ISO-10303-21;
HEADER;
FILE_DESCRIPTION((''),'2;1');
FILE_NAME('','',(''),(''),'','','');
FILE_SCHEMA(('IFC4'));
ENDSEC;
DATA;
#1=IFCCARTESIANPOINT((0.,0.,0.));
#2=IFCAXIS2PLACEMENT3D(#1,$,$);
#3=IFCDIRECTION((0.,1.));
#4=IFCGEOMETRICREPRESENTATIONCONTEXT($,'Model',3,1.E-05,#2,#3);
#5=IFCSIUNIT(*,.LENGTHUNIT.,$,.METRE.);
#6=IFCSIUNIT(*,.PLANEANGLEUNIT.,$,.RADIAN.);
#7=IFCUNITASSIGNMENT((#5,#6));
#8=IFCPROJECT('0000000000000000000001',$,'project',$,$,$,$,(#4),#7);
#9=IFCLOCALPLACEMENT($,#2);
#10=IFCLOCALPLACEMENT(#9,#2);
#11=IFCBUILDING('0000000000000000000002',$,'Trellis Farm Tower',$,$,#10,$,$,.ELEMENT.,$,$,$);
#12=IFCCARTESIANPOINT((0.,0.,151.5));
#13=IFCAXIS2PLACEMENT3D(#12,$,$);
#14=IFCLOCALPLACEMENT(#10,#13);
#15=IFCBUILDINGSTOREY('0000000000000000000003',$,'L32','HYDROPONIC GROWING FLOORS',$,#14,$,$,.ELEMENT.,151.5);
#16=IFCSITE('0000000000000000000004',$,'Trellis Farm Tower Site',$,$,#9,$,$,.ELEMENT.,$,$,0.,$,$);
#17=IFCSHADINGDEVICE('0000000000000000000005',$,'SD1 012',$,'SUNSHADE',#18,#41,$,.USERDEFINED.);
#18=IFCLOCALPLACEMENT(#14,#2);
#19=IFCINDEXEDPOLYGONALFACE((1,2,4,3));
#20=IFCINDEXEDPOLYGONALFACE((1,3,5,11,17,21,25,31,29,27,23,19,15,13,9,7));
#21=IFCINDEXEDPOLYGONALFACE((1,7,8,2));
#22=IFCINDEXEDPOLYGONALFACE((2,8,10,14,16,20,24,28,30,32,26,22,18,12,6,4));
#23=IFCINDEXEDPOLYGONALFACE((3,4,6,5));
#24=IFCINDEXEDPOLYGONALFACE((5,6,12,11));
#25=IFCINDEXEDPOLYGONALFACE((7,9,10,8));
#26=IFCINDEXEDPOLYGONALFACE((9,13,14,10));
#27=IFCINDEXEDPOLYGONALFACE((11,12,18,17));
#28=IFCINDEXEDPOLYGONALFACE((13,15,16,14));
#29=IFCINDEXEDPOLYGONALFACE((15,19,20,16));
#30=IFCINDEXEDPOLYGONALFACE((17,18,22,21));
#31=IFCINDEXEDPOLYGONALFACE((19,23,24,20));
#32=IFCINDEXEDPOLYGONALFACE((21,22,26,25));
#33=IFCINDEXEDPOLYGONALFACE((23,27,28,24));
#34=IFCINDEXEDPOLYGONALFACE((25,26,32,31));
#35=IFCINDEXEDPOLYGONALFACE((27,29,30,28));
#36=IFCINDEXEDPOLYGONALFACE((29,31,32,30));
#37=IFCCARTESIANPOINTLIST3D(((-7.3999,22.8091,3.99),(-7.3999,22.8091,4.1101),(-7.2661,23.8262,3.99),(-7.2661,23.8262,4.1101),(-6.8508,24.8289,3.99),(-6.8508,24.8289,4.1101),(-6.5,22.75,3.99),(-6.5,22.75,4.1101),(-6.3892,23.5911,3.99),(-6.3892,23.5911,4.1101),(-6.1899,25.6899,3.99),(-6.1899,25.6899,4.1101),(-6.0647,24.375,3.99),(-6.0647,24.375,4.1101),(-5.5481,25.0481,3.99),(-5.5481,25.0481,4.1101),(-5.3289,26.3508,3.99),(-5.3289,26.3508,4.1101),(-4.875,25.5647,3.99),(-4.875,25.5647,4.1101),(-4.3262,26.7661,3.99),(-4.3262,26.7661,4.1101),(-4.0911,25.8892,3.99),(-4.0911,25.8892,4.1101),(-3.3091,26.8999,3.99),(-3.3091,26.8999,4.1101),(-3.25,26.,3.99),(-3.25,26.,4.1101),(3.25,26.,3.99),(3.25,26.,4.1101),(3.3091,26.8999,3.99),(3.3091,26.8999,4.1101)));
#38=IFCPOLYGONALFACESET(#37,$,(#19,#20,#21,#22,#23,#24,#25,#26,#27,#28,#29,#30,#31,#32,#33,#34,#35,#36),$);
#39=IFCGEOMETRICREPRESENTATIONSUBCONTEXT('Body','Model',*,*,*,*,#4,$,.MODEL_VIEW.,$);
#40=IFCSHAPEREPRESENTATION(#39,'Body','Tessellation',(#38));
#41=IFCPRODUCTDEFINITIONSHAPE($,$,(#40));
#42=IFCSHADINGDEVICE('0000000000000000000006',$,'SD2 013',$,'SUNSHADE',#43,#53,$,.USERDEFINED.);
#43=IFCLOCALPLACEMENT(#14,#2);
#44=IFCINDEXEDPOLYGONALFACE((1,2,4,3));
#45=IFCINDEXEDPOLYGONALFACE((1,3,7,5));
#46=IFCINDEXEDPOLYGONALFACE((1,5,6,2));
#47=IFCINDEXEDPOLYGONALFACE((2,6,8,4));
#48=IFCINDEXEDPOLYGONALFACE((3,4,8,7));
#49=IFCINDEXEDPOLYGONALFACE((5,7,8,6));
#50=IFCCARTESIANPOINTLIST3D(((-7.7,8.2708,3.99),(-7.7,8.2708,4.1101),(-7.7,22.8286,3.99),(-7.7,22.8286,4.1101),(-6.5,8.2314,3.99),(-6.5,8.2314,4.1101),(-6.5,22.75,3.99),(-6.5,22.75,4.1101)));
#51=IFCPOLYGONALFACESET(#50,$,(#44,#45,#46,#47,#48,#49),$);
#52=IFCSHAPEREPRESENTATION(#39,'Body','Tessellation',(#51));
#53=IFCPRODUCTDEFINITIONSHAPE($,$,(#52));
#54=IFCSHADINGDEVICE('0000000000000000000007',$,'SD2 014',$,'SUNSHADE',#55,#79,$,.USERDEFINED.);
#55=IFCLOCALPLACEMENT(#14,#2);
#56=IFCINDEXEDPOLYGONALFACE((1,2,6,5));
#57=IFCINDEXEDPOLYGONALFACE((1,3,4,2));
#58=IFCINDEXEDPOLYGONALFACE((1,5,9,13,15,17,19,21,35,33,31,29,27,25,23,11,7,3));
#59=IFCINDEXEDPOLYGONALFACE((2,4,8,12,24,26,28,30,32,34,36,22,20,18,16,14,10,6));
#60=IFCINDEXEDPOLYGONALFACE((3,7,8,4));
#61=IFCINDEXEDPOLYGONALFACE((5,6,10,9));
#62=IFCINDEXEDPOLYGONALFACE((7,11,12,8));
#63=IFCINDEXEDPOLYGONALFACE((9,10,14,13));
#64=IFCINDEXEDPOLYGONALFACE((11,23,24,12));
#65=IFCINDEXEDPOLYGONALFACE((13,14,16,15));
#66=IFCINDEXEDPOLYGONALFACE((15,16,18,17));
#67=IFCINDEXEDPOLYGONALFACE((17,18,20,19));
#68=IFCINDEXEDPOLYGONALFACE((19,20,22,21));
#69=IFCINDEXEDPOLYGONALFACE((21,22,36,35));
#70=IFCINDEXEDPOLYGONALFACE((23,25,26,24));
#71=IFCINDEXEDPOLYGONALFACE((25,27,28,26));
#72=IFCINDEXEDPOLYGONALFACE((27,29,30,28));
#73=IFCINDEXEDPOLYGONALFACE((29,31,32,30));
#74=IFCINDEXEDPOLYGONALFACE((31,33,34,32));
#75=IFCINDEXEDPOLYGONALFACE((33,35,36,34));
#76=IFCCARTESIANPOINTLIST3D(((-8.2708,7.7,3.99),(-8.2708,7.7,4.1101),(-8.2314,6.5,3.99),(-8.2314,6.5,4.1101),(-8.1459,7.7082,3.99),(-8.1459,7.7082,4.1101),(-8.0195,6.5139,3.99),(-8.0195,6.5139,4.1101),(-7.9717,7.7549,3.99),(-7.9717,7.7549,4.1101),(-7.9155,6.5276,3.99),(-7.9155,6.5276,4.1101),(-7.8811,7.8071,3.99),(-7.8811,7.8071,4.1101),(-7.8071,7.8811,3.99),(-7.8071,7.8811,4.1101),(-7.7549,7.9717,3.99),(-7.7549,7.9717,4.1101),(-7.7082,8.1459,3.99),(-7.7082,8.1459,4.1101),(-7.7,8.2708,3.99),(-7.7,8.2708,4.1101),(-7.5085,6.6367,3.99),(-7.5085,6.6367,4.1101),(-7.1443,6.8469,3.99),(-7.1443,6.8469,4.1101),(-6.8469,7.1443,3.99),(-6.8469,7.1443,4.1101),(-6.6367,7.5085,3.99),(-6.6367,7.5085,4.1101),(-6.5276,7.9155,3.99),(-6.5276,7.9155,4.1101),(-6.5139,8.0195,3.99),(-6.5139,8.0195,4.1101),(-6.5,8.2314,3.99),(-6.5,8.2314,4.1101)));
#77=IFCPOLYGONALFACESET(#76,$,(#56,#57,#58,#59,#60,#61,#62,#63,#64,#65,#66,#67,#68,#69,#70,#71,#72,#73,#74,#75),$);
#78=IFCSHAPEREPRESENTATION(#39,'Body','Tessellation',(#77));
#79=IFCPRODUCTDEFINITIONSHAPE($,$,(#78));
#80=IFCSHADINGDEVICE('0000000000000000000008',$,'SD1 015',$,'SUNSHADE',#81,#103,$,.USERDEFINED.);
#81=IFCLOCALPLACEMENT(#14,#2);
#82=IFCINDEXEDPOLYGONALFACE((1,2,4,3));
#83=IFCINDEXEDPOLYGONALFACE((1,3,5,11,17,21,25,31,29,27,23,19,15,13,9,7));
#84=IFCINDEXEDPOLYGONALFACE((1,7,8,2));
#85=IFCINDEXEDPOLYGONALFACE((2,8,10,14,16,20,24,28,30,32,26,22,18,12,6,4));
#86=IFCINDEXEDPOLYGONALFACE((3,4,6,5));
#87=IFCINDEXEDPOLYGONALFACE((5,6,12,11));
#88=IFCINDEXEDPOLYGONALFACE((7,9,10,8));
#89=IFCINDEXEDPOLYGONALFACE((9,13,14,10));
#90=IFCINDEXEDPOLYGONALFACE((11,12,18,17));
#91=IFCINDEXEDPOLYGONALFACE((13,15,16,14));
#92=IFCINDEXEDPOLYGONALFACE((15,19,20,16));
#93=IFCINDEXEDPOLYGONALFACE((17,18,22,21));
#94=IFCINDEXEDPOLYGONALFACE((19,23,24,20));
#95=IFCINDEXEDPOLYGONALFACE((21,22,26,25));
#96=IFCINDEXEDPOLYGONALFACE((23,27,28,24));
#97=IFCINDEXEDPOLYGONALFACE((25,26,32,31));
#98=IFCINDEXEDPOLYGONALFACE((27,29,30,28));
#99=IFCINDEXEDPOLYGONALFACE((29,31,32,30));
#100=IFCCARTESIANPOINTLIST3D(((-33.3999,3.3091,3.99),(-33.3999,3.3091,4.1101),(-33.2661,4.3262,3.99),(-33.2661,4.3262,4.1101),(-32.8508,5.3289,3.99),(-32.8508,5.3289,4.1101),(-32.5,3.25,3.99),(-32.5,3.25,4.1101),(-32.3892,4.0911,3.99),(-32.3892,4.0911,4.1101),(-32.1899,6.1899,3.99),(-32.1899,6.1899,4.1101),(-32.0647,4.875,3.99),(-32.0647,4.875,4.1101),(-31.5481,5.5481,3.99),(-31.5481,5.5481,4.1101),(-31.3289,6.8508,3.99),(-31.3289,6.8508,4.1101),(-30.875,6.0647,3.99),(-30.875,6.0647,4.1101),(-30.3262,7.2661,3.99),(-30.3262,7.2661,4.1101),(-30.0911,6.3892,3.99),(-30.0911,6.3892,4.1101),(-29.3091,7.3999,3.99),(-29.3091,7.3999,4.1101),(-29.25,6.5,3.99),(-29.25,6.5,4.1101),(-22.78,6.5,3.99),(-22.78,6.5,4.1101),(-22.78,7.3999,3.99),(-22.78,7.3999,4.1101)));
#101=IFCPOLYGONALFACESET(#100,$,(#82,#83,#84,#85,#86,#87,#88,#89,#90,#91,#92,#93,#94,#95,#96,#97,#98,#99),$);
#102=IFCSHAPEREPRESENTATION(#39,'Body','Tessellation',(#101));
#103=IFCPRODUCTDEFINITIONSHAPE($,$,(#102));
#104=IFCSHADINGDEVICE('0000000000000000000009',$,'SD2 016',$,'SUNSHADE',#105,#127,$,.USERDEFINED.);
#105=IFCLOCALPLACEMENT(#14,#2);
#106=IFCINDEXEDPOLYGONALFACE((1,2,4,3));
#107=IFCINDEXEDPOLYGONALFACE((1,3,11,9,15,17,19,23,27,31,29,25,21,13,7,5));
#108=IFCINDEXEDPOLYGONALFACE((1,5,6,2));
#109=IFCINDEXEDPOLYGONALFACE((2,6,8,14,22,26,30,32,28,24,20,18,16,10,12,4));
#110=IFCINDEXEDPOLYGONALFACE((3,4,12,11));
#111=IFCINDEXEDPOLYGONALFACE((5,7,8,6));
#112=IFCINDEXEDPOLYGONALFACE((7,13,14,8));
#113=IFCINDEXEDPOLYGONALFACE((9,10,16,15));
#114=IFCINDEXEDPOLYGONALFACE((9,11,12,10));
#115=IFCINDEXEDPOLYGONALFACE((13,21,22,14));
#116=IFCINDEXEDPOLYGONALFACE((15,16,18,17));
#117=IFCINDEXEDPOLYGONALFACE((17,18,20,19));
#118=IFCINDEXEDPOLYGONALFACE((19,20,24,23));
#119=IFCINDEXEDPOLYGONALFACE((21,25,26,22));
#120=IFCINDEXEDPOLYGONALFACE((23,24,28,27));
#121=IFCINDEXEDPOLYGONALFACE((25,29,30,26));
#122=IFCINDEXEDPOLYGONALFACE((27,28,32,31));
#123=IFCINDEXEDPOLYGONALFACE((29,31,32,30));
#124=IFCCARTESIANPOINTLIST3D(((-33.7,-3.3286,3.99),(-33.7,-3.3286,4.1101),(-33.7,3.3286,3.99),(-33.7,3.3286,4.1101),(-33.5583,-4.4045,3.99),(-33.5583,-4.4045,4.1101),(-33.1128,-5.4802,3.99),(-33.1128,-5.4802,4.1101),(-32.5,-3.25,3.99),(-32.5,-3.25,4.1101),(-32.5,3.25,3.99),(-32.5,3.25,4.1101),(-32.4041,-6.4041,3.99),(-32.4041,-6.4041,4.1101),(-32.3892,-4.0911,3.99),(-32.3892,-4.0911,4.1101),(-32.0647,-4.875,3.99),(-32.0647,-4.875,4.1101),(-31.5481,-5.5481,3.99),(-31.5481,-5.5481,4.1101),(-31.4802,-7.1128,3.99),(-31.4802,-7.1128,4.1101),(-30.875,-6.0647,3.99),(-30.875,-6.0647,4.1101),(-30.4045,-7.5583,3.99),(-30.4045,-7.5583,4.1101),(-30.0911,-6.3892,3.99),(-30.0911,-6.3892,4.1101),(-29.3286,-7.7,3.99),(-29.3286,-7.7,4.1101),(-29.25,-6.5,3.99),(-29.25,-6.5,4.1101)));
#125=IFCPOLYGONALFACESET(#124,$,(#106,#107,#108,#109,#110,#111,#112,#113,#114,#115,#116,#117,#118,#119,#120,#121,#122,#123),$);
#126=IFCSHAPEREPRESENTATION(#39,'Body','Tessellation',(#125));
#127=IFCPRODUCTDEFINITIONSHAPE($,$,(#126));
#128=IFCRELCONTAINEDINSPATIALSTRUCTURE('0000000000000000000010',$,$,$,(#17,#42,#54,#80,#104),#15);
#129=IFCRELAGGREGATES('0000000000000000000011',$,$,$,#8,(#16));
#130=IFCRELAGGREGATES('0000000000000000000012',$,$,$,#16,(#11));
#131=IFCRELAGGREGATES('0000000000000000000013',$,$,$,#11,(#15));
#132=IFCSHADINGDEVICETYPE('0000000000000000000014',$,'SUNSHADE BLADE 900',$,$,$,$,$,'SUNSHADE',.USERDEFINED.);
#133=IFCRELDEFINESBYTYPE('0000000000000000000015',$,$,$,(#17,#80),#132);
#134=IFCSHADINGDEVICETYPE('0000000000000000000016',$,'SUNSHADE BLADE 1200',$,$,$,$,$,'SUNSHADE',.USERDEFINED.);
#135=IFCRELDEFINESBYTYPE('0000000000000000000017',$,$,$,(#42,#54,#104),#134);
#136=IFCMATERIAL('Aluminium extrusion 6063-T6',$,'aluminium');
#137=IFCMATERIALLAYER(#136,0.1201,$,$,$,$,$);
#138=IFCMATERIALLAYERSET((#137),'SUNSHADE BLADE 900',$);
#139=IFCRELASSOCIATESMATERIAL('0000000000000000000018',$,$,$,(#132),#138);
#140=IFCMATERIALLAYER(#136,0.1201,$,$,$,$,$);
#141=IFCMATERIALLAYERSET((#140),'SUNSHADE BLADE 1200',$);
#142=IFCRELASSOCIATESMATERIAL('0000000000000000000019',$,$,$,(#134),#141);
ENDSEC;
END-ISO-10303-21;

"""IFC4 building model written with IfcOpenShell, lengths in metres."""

from ifc_helpers import new_model, si_unit, direction, frame, origin, place, context, subcontext, project, spatial, polyline, outline, extrude, source, transform, mapped, material, layer, layer_set, type_object, element, save


model = new_model("IFC4")

# Units and contexts
model_context = context("Model", 3, precision=1e-05, world=origin(), true_north=direction((0.0, 1.0)))
body_context = subcontext(model_context, "Body", "Model", "MODEL_VIEW")
ifc_project = project(units=[si_unit("LENGTHUNIT", "METRE"), si_unit("PLANEANGLEUNIT", "RADIAN")], contexts=[model_context])

# Site, building, storey
site_placement = place(None, origin())
site = spatial("IfcSite", under=ifc_project, at=site_placement, Name="Trellis Farm Tower Site", CompositionType="ELEMENT", RefElevation=0.0)
building_placement = place(site_placement, origin())
building = spatial("IfcBuilding", under=site, at=building_placement, Name="Trellis Farm Tower", CompositionType="ELEMENT")
storey_placement = place(building_placement, frame((0.0, 0.0, 151.5)))
storey = spatial("IfcBuildingStorey", under=building, at=storey_placement, Name="L32", Description="HYDROPONIC GROWING FLOORS", CompositionType="ELEMENT", Elevation=151.5)

# Shared definitions
ifc_material_1 = material(Name="Aluminium extrusion 6063-T6", Category="aluminium")

# Shading devices
ifc_layer_1 = layer(ifc_material_1, 0.1201)
ifc_layer_set_1 = layer_set([ifc_layer_1], Name="SUNSHADE BLADE 900")
shading_device_type_1 = type_object("IfcShadingDeviceType", Name="SUNSHADE BLADE 900", ElementType="SUNSHADE", PredefinedType="USERDEFINED", material=ifc_layer_set_1)
shared_shape_1 = source(origin(), body_context, "Body", "SweptSolid", [
    extrude(outline(polyline([(3.3091, 26.8999), (-3.3091, 26.8999), (-4.3262, 26.7661), (-5.3289, 26.3508), (-6.1899, 25.6899), (-6.8508, 24.8289), (-7.2661, 23.8262), (-7.3999, 22.8091), (-6.5, 22.75), (-6.3892, 23.5911), (-6.0647, 24.375), (-5.5481, 25.0481), (-4.875, 25.5647), (-4.0911, 25.8892), (-3.25, 26.0), (3.25, 26.0), (3.3091, 26.8999)])), origin(), (0.0, 0.0, 1.0), 0.1201),
])
placement_1 = place(storey_placement, frame((0.0, 0.0, 3.99)))
element("IfcShadingDevice", 1, at=placement_1, inside=storey, type_object=shading_device_type_1, Name="SD1 012", ObjectType="SUNSHADE", PredefinedType="USERDEFINED", context=body_context, shape_type="MappedRepresentation", body=[
    mapped(shared_shape_1, transform((0.0, 0.0, 0.0))),
])
ifc_layer_2 = layer(ifc_material_1, 0.1201)
ifc_layer_set_2 = layer_set([ifc_layer_2], Name="SUNSHADE BLADE 1200")
shading_device_type_2 = type_object("IfcShadingDeviceType", Name="SUNSHADE BLADE 1200", ElementType="SUNSHADE", PredefinedType="USERDEFINED", material=ifc_layer_set_2)
shared_shape_2 = source(origin(), body_context, "Body", "SweptSolid", [
    extrude(outline(polyline([(-7.7, 22.8286), (-7.7, 8.2708), (-6.5, 8.2314), (-6.5, 22.75), (-7.7, 22.8286)])), origin(), (0.0, 0.0, 1.0), 0.1201),
])
element("IfcShadingDevice", 2, at=placement_1, inside=storey, type_object=shading_device_type_2, Name="SD2 013", ObjectType="SUNSHADE", PredefinedType="USERDEFINED", context=body_context, shape_type="MappedRepresentation", body=[
    mapped(shared_shape_2, transform((0.0, 0.0, 0.0))),
])
shared_shape_3 = source(origin(), body_context, "Body", "SweptSolid", [
    extrude(outline(polyline([(-7.7, 8.2708), (-7.7087, 8.1372), (-7.707, 8.1501), (-7.7549, 7.9717), (-7.8071, 7.8811), (-7.8811, 7.8071), (-7.9717, 7.7549), (-8.1501, 7.707), (-8.1372, 7.7087), (-8.2708, 7.7), (-8.2314, 6.5), (-8.0195, 6.5139), (-7.9155, 6.5276), (-7.5085, 6.6367), (-7.1443, 6.8469), (-6.8469, 7.1443), (-6.6367, 7.5085), (-6.5276, 7.9155), (-6.5139, 8.0195), (-6.5, 8.2314), (-7.7, 8.2708)])), origin(), (0.0, 0.0, 1.0), 0.1201),
])
element("IfcShadingDevice", 3, at=placement_1, inside=storey, type_object=shading_device_type_2, Name="SD2 014", ObjectType="SUNSHADE", PredefinedType="USERDEFINED", context=body_context, shape_type="MappedRepresentation", body=[
    mapped(shared_shape_3, transform((0.0, 0.0, 0.0))),
])
shared_shape_4 = source(origin(), body_context, "Body", "SweptSolid", [
    extrude(outline(polyline([(-22.78, 7.3999), (-29.3091, 7.3999), (-30.3262, 7.2661), (-31.3289, 6.8508), (-32.1899, 6.1899), (-32.8508, 5.3289), (-33.2661, 4.3262), (-33.3999, 3.3091), (-32.5, 3.25), (-32.3892, 4.0911), (-32.0647, 4.875), (-31.5481, 5.5481), (-30.875, 6.0647), (-30.0911, 6.3892), (-29.25, 6.5), (-22.78, 6.5), (-22.78, 7.3999)])), origin(), (0.0, 0.0, 1.0), 0.1201),
])
element("IfcShadingDevice", 4, at=placement_1, inside=storey, type_object=shading_device_type_1, Name="SD1 015", ObjectType="SUNSHADE", PredefinedType="USERDEFINED", context=body_context, shape_type="MappedRepresentation", body=[
    mapped(shared_shape_4, transform((0.0, 0.0, 0.0))),
])
shared_shape_5 = source(origin(), body_context, "Body", "SweptSolid", [
    extrude(outline(polyline([(-33.7, 3.3286), (-33.7, -3.3286), (-33.5583, -4.4045), (-33.1128, -5.4802), (-32.4041, -6.4041), (-31.4802, -7.1128), (-30.4045, -7.5583), (-29.3286, -7.7), (-29.25, -6.5), (-30.0911, -6.3892), (-30.875, -6.0647), (-31.5481, -5.5481), (-32.0647, -4.875), (-32.3892, -4.0911), (-32.5, -3.25), (-32.5, 3.25), (-33.7, 3.3286)])), origin(), (0.0, 0.0, 1.0), 0.1201),
])
element("IfcShadingDevice", 5, at=placement_1, inside=storey, type_object=shading_device_type_2, Name="SD2 016", ObjectType="SUNSHADE", PredefinedType="USERDEFINED", context=body_context, shape_type="MappedRepresentation", body=[
    mapped(shared_shape_5, transform((0.0, 0.0, 0.0))),
])

save(model, "model.ifc")
